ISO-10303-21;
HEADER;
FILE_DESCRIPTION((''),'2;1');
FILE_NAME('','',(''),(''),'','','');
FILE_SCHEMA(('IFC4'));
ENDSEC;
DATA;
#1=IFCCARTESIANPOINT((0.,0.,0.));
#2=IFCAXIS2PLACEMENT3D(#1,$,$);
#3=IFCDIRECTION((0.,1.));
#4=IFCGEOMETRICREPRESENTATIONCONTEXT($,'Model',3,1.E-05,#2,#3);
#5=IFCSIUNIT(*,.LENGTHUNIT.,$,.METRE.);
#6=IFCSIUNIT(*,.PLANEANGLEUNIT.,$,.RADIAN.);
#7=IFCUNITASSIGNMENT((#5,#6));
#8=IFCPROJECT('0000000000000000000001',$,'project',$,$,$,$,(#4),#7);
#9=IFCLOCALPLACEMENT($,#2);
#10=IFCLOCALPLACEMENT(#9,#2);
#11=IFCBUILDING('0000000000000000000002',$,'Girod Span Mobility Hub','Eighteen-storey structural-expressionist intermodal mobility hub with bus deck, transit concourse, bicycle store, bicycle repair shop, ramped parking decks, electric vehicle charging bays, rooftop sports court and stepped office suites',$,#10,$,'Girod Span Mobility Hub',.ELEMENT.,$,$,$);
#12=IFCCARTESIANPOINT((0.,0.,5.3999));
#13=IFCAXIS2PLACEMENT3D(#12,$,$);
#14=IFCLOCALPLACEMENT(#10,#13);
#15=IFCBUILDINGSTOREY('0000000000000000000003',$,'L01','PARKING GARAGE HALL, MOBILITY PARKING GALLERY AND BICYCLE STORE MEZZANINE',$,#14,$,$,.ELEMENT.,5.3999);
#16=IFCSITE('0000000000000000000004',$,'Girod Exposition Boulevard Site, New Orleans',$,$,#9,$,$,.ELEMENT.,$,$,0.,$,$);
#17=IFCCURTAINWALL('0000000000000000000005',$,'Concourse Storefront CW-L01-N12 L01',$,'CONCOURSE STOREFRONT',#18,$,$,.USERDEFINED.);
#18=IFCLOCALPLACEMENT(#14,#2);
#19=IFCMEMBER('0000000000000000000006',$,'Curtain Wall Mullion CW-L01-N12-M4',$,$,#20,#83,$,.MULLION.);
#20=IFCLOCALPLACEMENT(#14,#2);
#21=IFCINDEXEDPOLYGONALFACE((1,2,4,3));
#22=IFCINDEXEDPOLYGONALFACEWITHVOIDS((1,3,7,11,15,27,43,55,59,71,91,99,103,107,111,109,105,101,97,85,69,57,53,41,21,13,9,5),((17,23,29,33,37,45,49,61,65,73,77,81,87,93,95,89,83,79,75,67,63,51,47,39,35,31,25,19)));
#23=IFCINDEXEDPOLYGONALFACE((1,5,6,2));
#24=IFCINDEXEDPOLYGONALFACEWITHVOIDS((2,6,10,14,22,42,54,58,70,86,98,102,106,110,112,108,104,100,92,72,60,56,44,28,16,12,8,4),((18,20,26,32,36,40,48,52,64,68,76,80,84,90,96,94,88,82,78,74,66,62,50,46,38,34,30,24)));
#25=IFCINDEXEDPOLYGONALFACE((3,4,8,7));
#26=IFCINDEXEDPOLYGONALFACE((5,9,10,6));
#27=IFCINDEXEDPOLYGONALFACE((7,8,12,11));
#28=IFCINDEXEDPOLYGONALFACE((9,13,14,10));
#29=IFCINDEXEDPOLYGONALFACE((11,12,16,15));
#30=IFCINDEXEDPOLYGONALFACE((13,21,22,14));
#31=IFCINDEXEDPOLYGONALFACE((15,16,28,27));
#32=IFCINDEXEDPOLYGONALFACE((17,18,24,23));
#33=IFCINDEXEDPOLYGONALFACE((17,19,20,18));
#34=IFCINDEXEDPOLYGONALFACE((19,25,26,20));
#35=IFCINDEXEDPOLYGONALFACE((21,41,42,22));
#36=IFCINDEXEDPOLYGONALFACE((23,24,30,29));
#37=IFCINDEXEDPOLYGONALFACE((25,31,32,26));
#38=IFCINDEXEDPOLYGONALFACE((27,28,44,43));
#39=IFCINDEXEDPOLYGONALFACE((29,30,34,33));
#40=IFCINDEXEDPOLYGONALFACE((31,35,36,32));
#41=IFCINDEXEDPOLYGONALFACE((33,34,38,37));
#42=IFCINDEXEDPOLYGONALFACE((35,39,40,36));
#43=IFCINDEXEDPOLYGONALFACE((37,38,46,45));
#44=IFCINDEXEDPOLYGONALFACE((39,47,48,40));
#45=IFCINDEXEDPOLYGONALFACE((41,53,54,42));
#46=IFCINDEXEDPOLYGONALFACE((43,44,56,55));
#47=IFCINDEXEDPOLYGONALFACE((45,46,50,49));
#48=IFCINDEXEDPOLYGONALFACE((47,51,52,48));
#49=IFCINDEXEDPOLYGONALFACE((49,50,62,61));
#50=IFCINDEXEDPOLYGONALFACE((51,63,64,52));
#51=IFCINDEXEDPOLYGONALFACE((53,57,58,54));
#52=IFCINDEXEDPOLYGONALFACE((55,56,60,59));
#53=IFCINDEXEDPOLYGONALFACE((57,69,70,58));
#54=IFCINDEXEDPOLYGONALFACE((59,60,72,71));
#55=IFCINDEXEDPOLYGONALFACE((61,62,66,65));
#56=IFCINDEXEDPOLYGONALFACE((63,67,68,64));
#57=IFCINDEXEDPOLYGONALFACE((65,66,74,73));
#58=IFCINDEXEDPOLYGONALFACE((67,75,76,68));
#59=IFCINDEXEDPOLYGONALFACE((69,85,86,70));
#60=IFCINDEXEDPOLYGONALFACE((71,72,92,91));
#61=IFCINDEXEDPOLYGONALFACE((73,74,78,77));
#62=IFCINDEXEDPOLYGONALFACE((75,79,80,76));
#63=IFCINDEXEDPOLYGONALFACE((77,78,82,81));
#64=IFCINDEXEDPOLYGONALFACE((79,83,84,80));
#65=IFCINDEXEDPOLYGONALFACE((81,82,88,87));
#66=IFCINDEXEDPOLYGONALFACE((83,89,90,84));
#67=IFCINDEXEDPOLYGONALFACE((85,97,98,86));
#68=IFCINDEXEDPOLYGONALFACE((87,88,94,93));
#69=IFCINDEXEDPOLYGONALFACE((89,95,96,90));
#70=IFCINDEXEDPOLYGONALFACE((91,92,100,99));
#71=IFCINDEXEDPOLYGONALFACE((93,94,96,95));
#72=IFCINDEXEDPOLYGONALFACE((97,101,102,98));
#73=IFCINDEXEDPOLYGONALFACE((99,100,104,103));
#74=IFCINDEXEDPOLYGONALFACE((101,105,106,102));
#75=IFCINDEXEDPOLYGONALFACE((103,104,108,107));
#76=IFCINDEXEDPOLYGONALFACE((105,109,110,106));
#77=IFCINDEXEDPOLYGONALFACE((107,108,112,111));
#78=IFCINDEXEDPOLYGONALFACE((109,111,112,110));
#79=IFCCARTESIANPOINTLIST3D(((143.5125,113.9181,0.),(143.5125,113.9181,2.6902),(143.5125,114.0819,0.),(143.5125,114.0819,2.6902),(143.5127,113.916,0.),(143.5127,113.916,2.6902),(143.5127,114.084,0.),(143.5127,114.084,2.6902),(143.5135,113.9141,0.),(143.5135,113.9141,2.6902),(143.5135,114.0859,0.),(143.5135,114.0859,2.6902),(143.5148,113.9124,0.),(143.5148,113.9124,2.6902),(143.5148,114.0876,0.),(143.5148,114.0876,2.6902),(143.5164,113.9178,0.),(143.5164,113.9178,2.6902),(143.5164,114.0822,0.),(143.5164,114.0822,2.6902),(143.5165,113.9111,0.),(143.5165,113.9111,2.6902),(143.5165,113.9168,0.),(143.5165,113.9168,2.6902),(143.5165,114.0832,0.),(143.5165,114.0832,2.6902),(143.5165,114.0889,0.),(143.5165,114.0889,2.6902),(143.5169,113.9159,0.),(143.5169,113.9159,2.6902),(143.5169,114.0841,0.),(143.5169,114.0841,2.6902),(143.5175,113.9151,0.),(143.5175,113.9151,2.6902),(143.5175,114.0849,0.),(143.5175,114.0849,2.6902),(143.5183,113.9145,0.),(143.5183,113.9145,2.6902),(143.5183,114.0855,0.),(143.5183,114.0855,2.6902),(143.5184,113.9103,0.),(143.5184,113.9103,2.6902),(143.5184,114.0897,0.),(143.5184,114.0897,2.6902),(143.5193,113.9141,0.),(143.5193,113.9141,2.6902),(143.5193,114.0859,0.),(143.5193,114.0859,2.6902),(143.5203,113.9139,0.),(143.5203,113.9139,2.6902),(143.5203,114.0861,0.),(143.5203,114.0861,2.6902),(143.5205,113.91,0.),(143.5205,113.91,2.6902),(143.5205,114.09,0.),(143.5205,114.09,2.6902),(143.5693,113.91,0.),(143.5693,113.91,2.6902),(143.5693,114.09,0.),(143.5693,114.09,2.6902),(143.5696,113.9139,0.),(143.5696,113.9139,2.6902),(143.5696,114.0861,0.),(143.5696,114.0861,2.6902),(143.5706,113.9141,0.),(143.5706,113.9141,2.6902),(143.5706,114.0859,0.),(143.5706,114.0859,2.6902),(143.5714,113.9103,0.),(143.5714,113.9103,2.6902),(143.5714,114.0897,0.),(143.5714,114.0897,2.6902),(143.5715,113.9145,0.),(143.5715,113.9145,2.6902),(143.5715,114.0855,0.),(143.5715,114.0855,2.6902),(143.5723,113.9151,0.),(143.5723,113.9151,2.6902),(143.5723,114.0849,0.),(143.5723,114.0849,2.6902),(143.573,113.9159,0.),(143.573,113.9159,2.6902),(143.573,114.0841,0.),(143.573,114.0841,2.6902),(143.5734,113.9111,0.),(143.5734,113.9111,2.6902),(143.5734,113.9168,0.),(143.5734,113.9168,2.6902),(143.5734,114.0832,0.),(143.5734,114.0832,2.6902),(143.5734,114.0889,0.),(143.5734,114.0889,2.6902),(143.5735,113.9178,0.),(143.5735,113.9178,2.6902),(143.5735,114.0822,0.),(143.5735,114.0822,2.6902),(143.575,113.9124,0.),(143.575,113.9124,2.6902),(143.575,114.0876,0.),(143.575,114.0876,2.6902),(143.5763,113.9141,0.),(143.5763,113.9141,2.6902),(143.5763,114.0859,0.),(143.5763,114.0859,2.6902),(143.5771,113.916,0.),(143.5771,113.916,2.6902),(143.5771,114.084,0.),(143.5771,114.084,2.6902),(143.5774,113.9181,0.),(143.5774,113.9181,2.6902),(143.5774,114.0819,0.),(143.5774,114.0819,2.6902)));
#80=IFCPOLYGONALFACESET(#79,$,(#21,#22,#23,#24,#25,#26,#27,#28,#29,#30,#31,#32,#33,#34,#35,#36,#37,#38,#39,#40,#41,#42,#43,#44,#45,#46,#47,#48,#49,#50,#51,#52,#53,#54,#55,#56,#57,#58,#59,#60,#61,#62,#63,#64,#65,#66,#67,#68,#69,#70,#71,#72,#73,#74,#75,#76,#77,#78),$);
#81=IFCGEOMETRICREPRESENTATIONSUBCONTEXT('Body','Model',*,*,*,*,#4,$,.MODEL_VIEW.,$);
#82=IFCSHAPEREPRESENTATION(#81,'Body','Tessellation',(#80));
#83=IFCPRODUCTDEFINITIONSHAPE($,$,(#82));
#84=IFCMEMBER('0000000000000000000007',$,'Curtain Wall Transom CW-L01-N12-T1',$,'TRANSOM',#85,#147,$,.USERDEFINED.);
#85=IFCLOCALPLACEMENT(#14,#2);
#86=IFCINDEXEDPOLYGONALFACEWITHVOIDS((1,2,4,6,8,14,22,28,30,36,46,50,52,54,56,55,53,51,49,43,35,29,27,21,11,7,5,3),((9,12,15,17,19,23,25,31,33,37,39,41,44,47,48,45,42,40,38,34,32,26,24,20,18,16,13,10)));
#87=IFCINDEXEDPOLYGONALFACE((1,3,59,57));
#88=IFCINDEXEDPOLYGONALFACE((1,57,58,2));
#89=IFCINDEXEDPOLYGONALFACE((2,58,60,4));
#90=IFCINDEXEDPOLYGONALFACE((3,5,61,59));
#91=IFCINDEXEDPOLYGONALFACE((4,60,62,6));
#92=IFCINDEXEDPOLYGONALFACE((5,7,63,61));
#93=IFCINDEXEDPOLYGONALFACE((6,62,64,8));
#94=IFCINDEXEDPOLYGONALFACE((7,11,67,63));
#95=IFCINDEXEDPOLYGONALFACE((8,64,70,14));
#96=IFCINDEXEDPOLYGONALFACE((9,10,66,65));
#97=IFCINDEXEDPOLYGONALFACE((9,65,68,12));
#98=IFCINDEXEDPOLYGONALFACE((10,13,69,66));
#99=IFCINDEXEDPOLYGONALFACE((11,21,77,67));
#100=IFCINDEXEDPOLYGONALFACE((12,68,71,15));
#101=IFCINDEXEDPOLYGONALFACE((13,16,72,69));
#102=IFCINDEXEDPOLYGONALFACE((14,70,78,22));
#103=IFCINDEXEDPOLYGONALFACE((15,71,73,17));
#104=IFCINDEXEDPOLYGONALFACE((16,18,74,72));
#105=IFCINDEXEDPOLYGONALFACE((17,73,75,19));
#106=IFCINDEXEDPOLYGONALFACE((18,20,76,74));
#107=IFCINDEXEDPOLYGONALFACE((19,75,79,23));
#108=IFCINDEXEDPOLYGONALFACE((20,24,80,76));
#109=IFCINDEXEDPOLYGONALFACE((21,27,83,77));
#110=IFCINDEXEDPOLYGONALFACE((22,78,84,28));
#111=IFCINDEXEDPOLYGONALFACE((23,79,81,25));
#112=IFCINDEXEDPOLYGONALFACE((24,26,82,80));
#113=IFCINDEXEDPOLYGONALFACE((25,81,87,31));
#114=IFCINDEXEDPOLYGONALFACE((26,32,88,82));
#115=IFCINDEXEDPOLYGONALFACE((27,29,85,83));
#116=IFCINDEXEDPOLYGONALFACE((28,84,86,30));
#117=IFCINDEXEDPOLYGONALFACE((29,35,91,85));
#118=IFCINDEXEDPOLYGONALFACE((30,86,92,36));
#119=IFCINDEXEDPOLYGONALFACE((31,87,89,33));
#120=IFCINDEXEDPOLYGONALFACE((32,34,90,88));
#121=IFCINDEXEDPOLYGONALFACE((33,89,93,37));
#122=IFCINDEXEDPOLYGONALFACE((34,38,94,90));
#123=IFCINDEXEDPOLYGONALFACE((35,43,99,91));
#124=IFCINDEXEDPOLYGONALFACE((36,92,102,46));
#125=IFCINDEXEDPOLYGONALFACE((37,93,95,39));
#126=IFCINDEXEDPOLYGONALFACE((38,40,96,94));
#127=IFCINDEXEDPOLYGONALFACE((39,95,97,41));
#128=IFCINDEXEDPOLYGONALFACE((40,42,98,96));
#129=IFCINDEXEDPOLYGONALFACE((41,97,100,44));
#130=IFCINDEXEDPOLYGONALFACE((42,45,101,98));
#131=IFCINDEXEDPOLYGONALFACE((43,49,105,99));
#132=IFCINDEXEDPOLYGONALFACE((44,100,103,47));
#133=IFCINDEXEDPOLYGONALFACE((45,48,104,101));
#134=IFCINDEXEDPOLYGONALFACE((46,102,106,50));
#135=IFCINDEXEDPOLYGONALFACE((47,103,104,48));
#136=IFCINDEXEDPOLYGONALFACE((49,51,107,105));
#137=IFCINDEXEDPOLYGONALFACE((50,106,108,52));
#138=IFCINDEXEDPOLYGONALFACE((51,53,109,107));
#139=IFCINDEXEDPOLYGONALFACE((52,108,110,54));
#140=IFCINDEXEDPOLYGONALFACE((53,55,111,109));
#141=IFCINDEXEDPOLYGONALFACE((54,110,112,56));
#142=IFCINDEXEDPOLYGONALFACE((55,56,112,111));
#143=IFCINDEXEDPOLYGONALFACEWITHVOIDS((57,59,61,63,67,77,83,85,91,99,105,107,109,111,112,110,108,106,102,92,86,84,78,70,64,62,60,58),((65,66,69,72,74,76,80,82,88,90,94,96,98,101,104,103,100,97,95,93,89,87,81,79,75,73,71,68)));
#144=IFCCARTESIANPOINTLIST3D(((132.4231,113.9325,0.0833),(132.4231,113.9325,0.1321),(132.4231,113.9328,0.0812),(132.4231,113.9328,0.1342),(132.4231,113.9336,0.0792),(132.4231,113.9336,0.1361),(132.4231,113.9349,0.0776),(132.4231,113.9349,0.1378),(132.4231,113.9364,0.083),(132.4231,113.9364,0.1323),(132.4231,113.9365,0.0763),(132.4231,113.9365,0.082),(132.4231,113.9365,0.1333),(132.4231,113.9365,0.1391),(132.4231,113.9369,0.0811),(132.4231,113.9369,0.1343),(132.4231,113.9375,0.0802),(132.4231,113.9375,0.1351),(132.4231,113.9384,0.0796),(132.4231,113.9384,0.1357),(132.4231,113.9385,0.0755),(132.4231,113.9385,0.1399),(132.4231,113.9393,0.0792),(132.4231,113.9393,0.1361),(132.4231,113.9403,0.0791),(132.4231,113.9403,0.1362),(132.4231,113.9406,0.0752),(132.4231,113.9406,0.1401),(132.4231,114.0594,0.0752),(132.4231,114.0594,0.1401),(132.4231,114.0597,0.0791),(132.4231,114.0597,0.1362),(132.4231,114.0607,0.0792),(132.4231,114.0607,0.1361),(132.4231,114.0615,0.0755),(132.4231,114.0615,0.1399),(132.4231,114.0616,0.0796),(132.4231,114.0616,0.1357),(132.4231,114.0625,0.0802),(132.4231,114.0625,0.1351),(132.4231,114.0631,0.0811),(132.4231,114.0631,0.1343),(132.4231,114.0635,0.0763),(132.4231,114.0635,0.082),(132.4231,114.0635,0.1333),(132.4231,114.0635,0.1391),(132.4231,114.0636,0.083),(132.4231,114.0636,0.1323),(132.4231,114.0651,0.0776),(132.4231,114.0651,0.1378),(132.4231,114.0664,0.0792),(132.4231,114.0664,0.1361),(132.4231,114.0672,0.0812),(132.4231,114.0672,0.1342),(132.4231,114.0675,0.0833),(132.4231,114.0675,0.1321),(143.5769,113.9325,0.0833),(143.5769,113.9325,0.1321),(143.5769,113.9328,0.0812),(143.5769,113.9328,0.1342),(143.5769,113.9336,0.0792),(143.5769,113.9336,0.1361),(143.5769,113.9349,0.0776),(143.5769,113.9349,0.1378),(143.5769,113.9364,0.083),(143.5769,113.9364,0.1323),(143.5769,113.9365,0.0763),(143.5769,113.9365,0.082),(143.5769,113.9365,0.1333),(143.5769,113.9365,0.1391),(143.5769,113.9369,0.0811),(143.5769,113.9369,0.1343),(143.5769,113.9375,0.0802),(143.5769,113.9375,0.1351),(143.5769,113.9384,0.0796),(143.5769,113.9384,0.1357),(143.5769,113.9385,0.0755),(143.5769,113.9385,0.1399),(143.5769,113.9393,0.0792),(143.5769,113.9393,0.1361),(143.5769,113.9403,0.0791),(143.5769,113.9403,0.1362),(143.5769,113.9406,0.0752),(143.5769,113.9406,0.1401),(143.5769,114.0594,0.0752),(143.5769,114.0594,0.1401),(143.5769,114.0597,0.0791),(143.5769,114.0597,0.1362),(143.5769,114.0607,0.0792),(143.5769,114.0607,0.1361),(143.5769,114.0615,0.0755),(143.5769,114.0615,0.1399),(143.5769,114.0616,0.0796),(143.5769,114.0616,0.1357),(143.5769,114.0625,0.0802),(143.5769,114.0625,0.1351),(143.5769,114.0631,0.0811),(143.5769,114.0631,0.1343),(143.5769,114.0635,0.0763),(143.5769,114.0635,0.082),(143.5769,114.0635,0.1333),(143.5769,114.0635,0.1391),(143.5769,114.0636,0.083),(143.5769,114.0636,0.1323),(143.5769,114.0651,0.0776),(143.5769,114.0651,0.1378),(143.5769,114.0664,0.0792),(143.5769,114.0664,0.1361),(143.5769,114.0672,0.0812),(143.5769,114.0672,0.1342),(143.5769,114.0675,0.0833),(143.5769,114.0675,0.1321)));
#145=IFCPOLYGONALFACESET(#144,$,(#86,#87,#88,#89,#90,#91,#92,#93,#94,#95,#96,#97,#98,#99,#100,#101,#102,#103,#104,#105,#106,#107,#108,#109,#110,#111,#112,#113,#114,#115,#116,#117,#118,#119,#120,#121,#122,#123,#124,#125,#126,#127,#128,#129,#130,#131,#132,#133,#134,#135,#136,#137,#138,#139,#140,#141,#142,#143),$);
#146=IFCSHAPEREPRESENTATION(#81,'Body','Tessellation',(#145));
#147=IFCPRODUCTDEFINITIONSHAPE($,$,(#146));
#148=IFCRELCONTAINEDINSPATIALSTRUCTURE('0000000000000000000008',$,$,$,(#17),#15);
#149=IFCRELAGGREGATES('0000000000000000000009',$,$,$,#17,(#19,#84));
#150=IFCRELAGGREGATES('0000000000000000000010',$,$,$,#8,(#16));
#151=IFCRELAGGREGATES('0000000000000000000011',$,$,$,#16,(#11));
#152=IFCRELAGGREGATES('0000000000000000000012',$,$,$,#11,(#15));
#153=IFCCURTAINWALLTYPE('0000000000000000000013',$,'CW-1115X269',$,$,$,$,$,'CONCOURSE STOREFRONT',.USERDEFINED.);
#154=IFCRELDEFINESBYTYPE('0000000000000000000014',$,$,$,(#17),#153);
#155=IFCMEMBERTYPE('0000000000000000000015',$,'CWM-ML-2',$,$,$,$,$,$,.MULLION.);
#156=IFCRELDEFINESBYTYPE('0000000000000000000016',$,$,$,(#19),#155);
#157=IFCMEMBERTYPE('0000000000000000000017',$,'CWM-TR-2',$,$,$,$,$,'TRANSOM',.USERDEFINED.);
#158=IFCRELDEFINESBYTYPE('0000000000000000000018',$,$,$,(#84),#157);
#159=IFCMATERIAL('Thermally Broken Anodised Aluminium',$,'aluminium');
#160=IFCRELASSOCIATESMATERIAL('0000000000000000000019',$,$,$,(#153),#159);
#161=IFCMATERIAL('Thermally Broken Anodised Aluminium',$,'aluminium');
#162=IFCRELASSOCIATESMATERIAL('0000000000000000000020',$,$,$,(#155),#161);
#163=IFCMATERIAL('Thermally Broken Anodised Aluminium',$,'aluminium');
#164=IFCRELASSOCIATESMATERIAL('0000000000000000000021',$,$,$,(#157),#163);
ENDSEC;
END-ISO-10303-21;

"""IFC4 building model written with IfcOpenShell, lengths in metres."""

from ifc_helpers import new_model, si_unit, direction, frame, origin, origin_2d, place, context, subcontext, project, spatial, hollow_rectangle, extrude, material, material_profile, profile_set, type_object, element, aggregate, save


model = new_model("IFC4")

# Units and contexts
model_context = context("Model", 3, precision=1e-05, world=origin(), true_north=direction((0.0, 1.0)))
body_context = subcontext(model_context, "Body", "Model", "MODEL_VIEW")
ifc_project = project(units=[si_unit("LENGTHUNIT", "METRE"), si_unit("PLANEANGLEUNIT", "RADIAN")], contexts=[model_context])

# Site, building, storey
site_placement = place(None, origin())
site = spatial("IfcSite", under=ifc_project, at=site_placement, Name="Girod Exposition Boulevard Site, New Orleans", CompositionType="ELEMENT", RefElevation=0.0)
building_placement = place(site_placement, origin())
building = spatial("IfcBuilding", under=site, at=building_placement, Name="Girod Span Mobility Hub", Description="Eighteen-storey structural-expressionist intermodal mobility hub with bus deck, transit concourse, bicycle store, bicycle repair shop, ramped parking decks, electric vehicle charging bays, rooftop sports court and stepped office suites", LongName="Girod Span Mobility Hub", CompositionType="ELEMENT")
storey_placement = place(building_placement, frame((0.0, 0.0, 5.3999)))
storey = spatial("IfcBuildingStorey", under=building, at=storey_placement, Name="L01", Description="PARKING GARAGE HALL, MOBILITY PARKING GALLERY AND BICYCLE STORE MEZZANINE", CompositionType="ELEMENT", Elevation=5.3999)

# Curtain wall, members
ifc_material_1 = material(Name="Thermally Broken Anodised Aluminium", Category="aluminium")
curtain_wall_type = type_object("IfcCurtainWallType", Name="CW-1115X269", ElementType="CONCOURSE STOREFRONT", PredefinedType="USERDEFINED", material=ifc_material_1)
curtain_wall_placement = place(storey_placement, origin())
curtain_wall = element("IfcCurtainWall", 1, at=curtain_wall_placement, inside=storey, type_object=curtain_wall_type, Name="Concourse Storefront CW-L01-N12 L01", ObjectType="CONCOURSE STOREFRONT", PredefinedType="USERDEFINED")
ifc_material_2 = material(Name="Thermally Broken Anodised Aluminium", Category="aluminium")
ifc_material_profile_1 = material_profile(ifc_material_2, hollow_rectangle(XDim=0.1799, YDim=0.0649, WallThickness=0.0039, InnerFilletRadius=0.0039, OuterFilletRadius=0.0081, at=origin_2d()), Name="CW-ML-65X180")
ifc_profile_set_1 = profile_set([ifc_material_profile_1], Name="Thermally Broken Anodised Aluminium")
member_type_1 = type_object("IfcMemberType", Name="CWM-ML-2", PredefinedType="MULLION", material=ifc_profile_set_1)
member_1_placement = place(storey_placement, frame((143.5449, 114.0, 0.0), z_axis=(0.0, 0.0, 1.0), x_axis=(0.0, 1.0, 0.0)))
member_1 = element("IfcMember", 2, at=member_1_placement, type_object=member_type_1, Name="Curtain Wall Mullion CW-L01-N12-M4", PredefinedType="MULLION", context=body_context, shape_type="SweptSolid", body=[
    extrude(hollow_rectangle(XDim=0.1799, YDim=0.0649, WallThickness=0.0039, InnerFilletRadius=0.0039, OuterFilletRadius=0.0081, at=origin_2d()), origin(), (0.0, 0.0, 1.0), 2.6902),
])
ifc_material_3 = material(Name="Thermally Broken Anodised Aluminium", Category="aluminium")
ifc_material_profile_2 = material_profile(ifc_material_3, hollow_rectangle(XDim=0.135, YDim=0.0649, WallThickness=0.0039, InnerFilletRadius=0.0039, OuterFilletRadius=0.0081, at=origin_2d()), Name="CW-TR-65X135")
ifc_profile_set_2 = profile_set([ifc_material_profile_2], Name="Thermally Broken Anodised Aluminium")
member_type_2 = type_object("IfcMemberType", Name="CWM-TR-2", ElementType="TRANSOM", PredefinedType="USERDEFINED", material=ifc_profile_set_2)
member_2_placement = place(storey_placement, frame((132.4231, 114.0, 0.1077), z_axis=(1.0, 0.0, 0.0), x_axis=(0.0, 1.0, 0.0)))
member_2 = element("IfcMember", 3, at=member_2_placement, type_object=member_type_2, Name="Curtain Wall Transom CW-L01-N12-T1", ObjectType="TRANSOM", PredefinedType="USERDEFINED", context=body_context, shape_type="SweptSolid", body=[
    extrude(hollow_rectangle(XDim=0.135, YDim=0.0649, WallThickness=0.0039, InnerFilletRadius=0.0039, OuterFilletRadius=0.0081, at=origin_2d()), origin(), (0.0, 0.0, 1.0), 11.1538),
])

aggregate(curtain_wall, [member_1, member_2])

save(model, "model.ifc")
